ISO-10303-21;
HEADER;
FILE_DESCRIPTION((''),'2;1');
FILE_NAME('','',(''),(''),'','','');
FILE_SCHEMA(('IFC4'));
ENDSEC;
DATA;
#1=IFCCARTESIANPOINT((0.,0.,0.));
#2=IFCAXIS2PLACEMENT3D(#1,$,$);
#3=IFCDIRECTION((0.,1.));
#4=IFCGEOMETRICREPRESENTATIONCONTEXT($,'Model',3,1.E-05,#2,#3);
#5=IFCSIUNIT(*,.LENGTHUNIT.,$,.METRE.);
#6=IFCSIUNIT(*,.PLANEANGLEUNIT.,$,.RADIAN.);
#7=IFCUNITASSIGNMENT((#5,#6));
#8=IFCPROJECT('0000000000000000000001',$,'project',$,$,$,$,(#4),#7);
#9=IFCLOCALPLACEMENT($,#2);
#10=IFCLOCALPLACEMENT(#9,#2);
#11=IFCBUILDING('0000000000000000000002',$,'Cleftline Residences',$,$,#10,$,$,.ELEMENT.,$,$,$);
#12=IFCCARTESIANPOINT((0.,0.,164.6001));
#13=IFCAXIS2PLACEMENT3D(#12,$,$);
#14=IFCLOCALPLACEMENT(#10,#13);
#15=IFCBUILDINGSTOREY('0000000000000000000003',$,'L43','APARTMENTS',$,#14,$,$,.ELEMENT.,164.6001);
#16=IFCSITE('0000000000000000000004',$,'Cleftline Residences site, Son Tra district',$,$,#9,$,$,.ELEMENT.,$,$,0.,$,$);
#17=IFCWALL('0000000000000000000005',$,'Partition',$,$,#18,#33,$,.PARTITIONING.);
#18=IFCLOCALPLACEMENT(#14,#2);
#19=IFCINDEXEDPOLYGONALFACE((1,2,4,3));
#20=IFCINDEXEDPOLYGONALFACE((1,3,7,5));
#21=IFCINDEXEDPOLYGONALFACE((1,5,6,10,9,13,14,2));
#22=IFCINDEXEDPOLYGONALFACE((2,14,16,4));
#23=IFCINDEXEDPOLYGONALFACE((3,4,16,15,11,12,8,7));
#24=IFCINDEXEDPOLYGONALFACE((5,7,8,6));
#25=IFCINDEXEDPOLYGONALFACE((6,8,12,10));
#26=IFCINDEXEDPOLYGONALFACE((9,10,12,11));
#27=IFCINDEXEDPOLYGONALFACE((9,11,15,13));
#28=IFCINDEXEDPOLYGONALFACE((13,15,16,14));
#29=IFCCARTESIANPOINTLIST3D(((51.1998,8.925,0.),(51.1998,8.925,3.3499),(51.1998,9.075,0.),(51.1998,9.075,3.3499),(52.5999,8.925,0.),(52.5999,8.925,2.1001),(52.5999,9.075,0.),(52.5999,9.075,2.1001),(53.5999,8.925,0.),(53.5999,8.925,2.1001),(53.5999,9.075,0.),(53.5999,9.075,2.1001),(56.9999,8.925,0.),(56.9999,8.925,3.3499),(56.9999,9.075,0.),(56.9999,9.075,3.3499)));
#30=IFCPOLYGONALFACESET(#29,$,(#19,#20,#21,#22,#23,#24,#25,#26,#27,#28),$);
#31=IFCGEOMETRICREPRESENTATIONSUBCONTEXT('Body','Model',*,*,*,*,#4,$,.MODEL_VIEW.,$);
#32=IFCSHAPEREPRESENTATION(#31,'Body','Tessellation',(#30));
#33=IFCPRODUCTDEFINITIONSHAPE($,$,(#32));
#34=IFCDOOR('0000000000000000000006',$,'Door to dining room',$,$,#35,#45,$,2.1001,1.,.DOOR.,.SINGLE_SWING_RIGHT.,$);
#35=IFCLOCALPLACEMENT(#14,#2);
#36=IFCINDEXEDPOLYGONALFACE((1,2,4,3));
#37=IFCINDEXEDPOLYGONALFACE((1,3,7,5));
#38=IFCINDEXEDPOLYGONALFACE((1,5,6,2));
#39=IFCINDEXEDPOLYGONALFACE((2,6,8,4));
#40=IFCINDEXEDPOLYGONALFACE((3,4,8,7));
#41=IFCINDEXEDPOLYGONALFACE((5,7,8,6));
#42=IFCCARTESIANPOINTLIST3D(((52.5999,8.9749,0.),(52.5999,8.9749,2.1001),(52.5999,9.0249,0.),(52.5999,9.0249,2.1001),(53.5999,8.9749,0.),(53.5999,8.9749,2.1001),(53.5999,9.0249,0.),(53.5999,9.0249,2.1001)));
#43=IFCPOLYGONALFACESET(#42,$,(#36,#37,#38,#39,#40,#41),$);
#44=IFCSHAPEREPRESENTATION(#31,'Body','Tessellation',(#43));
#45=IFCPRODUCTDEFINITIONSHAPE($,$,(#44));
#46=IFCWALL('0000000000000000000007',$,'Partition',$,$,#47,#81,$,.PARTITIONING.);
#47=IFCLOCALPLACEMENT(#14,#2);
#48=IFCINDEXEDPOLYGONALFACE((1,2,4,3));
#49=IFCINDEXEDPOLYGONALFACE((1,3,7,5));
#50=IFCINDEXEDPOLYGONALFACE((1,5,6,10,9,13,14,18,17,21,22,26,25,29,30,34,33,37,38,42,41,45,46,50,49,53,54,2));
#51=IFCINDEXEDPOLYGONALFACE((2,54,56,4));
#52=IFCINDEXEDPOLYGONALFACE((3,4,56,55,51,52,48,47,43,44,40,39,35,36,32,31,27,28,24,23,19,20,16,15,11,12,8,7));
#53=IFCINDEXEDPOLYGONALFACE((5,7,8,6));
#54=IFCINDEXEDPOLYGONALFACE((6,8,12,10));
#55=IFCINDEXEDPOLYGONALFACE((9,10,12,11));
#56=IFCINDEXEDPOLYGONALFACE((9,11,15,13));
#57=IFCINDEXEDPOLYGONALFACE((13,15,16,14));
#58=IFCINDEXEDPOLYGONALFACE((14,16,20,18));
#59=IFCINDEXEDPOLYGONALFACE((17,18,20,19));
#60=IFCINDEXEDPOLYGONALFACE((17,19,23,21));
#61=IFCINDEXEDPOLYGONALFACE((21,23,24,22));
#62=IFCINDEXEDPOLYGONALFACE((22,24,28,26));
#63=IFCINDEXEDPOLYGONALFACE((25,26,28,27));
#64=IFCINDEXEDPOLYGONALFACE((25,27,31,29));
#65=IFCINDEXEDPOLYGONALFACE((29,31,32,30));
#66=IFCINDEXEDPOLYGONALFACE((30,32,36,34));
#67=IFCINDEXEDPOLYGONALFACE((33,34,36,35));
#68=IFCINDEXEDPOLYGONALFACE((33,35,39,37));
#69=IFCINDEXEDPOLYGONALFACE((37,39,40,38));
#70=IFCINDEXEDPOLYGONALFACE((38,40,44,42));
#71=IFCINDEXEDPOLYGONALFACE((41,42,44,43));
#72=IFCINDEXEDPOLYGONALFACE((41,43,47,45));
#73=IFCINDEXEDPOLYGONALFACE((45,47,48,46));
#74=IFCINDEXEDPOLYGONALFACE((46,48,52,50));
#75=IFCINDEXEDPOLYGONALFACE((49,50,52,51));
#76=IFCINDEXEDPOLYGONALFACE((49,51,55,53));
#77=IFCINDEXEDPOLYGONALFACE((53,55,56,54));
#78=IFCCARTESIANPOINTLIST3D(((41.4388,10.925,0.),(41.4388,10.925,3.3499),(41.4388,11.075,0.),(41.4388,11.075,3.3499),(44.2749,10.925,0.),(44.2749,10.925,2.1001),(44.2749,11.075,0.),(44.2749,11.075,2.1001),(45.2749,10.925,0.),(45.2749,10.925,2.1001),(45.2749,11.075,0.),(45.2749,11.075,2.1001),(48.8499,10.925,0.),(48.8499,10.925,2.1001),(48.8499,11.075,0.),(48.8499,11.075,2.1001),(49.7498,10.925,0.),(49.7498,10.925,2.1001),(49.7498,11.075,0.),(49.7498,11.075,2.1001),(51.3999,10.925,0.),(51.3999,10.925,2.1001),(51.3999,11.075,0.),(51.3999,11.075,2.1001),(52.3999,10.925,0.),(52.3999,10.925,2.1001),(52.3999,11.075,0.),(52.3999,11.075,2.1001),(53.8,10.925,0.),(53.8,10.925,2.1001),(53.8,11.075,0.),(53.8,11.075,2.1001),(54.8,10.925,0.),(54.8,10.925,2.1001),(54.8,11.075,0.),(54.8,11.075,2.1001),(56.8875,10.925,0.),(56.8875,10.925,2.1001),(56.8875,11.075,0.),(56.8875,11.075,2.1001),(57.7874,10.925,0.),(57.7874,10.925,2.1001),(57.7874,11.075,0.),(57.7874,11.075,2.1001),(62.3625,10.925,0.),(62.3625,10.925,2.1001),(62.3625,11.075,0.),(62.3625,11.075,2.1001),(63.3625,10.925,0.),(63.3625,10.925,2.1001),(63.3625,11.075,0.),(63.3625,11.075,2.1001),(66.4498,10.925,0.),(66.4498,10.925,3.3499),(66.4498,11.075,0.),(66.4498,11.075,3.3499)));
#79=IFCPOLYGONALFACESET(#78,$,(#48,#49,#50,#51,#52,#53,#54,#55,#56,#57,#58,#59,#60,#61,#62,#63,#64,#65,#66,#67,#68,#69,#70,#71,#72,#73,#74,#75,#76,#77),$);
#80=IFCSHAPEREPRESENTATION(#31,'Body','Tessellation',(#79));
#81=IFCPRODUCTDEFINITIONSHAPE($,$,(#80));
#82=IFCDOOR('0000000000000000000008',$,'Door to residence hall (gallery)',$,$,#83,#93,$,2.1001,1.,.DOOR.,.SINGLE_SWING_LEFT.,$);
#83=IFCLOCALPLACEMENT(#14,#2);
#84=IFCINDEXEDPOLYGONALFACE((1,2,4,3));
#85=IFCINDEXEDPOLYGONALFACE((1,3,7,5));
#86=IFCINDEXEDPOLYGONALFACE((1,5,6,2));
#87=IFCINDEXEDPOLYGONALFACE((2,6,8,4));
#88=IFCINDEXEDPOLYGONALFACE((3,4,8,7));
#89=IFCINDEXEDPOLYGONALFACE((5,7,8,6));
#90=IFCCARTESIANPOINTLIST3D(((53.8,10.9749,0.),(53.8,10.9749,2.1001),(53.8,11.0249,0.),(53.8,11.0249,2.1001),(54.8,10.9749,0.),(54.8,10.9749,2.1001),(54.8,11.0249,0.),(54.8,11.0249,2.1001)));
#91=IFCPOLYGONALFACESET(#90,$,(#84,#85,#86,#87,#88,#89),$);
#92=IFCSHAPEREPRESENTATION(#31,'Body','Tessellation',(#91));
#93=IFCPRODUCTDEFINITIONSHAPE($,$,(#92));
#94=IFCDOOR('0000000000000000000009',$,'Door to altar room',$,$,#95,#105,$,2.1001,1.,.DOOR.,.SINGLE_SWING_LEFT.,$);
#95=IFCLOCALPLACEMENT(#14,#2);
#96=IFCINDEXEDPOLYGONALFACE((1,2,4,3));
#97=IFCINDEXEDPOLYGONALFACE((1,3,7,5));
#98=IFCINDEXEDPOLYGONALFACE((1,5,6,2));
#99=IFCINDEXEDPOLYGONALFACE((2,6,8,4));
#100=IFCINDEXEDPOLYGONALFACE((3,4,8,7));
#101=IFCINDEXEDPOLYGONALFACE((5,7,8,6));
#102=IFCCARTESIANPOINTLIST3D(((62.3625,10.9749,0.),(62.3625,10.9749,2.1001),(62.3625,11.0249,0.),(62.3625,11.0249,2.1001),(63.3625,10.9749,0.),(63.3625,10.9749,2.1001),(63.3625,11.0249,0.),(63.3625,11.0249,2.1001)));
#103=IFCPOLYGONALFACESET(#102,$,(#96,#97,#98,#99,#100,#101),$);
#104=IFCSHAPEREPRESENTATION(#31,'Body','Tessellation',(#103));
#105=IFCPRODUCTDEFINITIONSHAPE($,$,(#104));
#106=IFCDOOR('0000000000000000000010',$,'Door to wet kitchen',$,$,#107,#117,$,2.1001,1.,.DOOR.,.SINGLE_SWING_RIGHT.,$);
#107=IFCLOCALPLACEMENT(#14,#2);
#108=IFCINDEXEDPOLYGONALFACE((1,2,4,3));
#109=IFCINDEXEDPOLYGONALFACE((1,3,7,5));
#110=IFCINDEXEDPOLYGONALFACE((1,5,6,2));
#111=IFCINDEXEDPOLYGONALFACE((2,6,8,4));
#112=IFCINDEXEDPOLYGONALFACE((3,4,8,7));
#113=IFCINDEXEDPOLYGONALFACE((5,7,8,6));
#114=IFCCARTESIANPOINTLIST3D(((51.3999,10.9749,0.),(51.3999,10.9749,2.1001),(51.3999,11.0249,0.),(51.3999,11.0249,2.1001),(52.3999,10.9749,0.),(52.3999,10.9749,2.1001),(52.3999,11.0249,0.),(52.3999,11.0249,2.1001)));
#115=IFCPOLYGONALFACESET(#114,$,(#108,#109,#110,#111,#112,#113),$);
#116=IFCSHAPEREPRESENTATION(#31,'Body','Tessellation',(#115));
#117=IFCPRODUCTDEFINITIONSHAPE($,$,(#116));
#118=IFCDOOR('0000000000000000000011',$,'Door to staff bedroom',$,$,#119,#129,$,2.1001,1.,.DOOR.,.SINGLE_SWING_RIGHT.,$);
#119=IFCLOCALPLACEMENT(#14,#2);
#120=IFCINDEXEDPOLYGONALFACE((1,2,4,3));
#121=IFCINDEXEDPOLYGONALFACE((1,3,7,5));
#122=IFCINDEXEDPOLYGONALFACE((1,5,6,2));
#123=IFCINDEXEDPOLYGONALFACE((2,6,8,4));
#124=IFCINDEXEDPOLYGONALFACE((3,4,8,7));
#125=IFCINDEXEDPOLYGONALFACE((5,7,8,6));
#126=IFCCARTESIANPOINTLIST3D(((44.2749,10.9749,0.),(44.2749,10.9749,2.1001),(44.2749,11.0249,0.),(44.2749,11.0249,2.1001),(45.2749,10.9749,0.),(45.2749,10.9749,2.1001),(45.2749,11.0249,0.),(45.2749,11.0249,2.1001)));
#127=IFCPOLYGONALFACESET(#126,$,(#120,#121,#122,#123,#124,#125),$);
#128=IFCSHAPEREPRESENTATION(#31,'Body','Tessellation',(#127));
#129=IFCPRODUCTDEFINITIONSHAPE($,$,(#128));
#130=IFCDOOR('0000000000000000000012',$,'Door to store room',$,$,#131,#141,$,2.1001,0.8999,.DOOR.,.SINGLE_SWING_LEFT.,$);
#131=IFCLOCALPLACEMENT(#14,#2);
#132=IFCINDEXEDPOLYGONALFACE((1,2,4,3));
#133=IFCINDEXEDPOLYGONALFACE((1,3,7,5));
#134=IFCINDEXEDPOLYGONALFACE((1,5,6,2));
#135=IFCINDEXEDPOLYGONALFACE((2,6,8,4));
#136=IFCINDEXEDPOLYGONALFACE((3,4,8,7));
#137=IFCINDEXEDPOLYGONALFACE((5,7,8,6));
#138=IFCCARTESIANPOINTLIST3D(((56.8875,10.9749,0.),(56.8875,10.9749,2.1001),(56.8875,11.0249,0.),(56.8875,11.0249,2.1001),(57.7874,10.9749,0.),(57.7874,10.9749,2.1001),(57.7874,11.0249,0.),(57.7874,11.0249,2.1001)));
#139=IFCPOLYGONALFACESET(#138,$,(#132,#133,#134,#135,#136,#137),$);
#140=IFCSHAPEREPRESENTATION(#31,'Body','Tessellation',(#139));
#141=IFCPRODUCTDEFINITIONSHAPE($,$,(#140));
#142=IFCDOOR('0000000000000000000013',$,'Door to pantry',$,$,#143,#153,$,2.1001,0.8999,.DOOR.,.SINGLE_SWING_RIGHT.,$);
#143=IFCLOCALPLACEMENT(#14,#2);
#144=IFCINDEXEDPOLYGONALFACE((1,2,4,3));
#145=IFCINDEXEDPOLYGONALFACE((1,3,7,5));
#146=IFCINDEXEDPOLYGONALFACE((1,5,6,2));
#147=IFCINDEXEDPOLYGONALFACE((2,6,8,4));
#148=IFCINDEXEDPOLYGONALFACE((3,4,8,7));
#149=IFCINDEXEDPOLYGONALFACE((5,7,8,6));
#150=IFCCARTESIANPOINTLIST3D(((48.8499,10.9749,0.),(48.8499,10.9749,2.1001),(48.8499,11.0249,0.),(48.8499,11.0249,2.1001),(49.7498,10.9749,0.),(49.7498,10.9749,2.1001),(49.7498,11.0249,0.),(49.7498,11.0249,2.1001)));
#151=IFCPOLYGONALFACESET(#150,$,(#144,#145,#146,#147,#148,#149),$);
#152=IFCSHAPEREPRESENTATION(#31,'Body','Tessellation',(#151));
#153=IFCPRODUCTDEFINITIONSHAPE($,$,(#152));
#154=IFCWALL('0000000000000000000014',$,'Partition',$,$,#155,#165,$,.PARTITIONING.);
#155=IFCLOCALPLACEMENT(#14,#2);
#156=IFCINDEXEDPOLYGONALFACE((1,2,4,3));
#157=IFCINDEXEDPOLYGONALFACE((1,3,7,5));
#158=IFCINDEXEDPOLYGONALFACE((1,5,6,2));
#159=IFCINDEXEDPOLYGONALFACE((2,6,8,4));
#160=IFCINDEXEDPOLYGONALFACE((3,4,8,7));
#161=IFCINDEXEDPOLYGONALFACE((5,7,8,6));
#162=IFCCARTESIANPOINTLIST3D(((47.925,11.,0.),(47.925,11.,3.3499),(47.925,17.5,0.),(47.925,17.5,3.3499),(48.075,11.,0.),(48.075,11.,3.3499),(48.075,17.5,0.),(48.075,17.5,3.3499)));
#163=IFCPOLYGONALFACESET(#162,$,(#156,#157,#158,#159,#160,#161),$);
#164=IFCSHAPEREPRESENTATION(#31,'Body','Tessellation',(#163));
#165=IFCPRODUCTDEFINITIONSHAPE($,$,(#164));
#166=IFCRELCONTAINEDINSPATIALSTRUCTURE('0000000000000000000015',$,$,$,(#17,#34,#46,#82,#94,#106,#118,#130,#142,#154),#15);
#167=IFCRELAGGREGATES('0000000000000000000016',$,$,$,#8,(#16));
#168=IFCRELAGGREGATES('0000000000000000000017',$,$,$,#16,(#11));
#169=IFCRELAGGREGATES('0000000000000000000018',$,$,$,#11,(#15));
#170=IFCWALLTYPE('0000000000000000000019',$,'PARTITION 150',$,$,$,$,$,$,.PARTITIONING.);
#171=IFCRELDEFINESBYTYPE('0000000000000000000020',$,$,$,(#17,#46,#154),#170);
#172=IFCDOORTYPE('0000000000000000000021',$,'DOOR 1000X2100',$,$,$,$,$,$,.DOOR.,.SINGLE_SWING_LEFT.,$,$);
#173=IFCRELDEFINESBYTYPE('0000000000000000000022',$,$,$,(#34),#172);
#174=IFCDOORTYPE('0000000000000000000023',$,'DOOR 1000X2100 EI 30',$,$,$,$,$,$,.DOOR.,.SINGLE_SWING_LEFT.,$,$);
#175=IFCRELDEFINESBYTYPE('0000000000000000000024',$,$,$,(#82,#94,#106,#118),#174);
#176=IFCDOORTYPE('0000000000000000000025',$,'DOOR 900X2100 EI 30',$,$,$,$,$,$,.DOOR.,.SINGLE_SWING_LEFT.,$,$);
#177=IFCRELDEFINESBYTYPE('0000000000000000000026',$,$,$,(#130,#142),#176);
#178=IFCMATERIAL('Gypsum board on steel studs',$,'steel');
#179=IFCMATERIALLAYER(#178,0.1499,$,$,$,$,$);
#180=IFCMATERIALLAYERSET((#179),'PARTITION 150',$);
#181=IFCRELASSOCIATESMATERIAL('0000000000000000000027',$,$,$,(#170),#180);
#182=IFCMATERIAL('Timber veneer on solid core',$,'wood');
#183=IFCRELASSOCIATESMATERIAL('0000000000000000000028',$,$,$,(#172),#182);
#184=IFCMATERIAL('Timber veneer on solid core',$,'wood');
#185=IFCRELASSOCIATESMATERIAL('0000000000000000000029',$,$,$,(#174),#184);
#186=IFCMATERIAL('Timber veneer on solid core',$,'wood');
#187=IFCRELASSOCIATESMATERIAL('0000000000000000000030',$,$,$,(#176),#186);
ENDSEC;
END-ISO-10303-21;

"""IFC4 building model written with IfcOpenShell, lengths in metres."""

from ifc_helpers import new_model, si_unit, direction, frame, frame_2d, origin, place, context, subcontext, project, spatial, rectangle, extrude, material, layer, layer_set, type_object, element, fill, save


model = new_model("IFC4")

# Units and contexts
model_context = context("Model", 3, precision=1e-05, world=origin(), true_north=direction((0.0, 1.0)))
body_context = subcontext(model_context, "Body", "Model", "MODEL_VIEW")
ifc_project = project(units=[si_unit("LENGTHUNIT", "METRE"), si_unit("PLANEANGLEUNIT", "RADIAN")], contexts=[model_context])

# Site, building, storey
site_placement = place(None, origin())
site = spatial("IfcSite", under=ifc_project, at=site_placement, Name="Cleftline Residences site, Son Tra district", CompositionType="ELEMENT", RefElevation=0.0)
building_placement = place(site_placement, origin())
building = spatial("IfcBuilding", under=site, at=building_placement, Name="Cleftline Residences", CompositionType="ELEMENT")
storey_placement = place(building_placement, frame((0.0, 0.0, 164.6001)))
storey = spatial("IfcBuildingStorey", under=building, at=storey_placement, Name="L43", Description="APARTMENTS", CompositionType="ELEMENT", Elevation=164.6001)

# Shared definitions
ifc_material_1 = material(Name="Gypsum board on steel studs", Category="steel")
ifc_layer_1 = layer(ifc_material_1, 0.1499)
ifc_layer_set_1 = layer_set([ifc_layer_1], Name="PARTITION 150")
wall_type = type_object("IfcWallType", Name="PARTITION 150", PredefinedType="PARTITIONING", material=ifc_layer_set_1)
ifc_material_2 = material(Name="Timber veneer on solid core", Category="wood")
door_type_1 = type_object("IfcDoorType", Name="DOOR 1000X2100", OperationType="SINGLE_SWING_LEFT", PredefinedType="DOOR", material=ifc_material_2)

# Wall, opening, door
wall_1_placement = place(storey_placement, frame((51.2, 9.0, 0.0), z_axis=(0.0, 0.0, 1.0), x_axis=(1.0, 0.0, 0.0)))
wall_1 = element("IfcWall", 1, at=wall_1_placement, inside=storey, type_object=wall_type, Name="Partition", PredefinedType="PARTITIONING", context=body_context, shape_type="SweptSolid", body=[
    extrude(rectangle(XDim=5.8, YDim=0.1499, at=frame_2d((2.8999, 0.0))), origin(), (0.0, 0.0, 1.0), 3.3499),
])
opening_1_placement = place(wall_1_placement, frame((1.3999, 0.0, 0.0)))
opening_1 = element("IfcOpeningElement", 2, at=opening_1_placement, cuts=wall_1, PredefinedType="OPENING", context=body_context, shape_type="SweptSolid", body=[
    extrude(rectangle(XDim=1.0, YDim=2.1001, at=frame_2d((0.5, 1.05))), frame((0.0, 0.085, 0.0), z_axis=(0.0, -1.0, 0.0), x_axis=(1.0, 0.0, 0.0)), (0.0, 0.0, 1.0), 0.1699),
])
door_1_placement = place(opening_1_placement, origin())
door_1 = element("IfcDoor", 3, at=door_1_placement, inside=storey, type_object=door_type_1, Name="Door to dining room", OperationType="SINGLE_SWING_RIGHT", OverallHeight=2.1001, OverallWidth=1.0, PredefinedType="DOOR", context=body_context, shape_type="SweptSolid", body=[
    extrude(rectangle(XDim=1.0, YDim=2.1001, at=frame_2d((0.5, 1.05))), frame((0.0, 0.0249, 0.0), z_axis=(0.0, -1.0, 0.0), x_axis=(1.0, 0.0, 0.0)), (0.0, 0.0, 1.0), 0.05),
])
fill(opening_1, door_1)

# Wall, openings, doors
wall_2_placement = place(storey_placement, frame((41.439, 11.0, 0.0), z_axis=(0.0, 0.0, 1.0), x_axis=(1.0, 0.0, 0.0)))
wall_2 = element("IfcWall", 4, at=wall_2_placement, inside=storey, type_object=wall_type, Name="Partition", PredefinedType="PARTITIONING", context=body_context, shape_type="SweptSolid", body=[
    extrude(rectangle(XDim=25.011, YDim=0.1499, at=frame_2d((12.5054, 0.0))), origin(), (0.0, 0.0, 1.0), 3.3499),
])
opening_2_placement = place(wall_2_placement, frame((12.3611, 0.0, 0.0)))
opening_2 = element("IfcOpeningElement", 5, at=opening_2_placement, cuts=wall_2, PredefinedType="OPENING", context=body_context, shape_type="SweptSolid", body=[
    extrude(rectangle(XDim=1.0, YDim=2.1001, at=frame_2d((0.5, 1.05))), frame((0.0, 0.085, 0.0), z_axis=(0.0, -1.0, 0.0), x_axis=(1.0, 0.0, 0.0)), (0.0, 0.0, 1.0), 0.1699),
])
opening_3_placement = place(wall_2_placement, frame((20.9236, 0.0, 0.0)))
opening_3 = element("IfcOpeningElement", 6, at=opening_3_placement, cuts=wall_2, PredefinedType="OPENING", context=body_context, shape_type="SweptSolid", body=[
    extrude(rectangle(XDim=1.0, YDim=2.1001, at=frame_2d((0.5, 1.05))), frame((0.0, 0.085, 0.0), z_axis=(0.0, -1.0, 0.0), x_axis=(1.0, 0.0, 0.0)), (0.0, 0.0, 1.0), 0.1699),
])
opening_4_placement = place(wall_2_placement, frame((15.4485, 0.0, 0.0)))
opening_4 = element("IfcOpeningElement", 7, at=opening_4_placement, cuts=wall_2, PredefinedType="OPENING", context=body_context, shape_type="SweptSolid", body=[
    extrude(rectangle(XDim=0.8999, YDim=2.1001, at=frame_2d((0.45, 1.05))), frame((0.0, 0.085, 0.0), z_axis=(0.0, -1.0, 0.0), x_axis=(1.0, 0.0, 0.0)), (0.0, 0.0, 1.0), 0.1699),
])
opening_5_placement = place(wall_2_placement, frame((9.9609, 0.0, 0.0)))
opening_5 = element("IfcOpeningElement", 8, at=opening_5_placement, cuts=wall_2, PredefinedType="OPENING", context=body_context, shape_type="SweptSolid", body=[
    extrude(rectangle(XDim=1.0, YDim=2.1001, at=frame_2d((0.5, 1.05))), frame((0.0, 0.085, 0.0), z_axis=(0.0, -1.0, 0.0), x_axis=(1.0, 0.0, 0.0)), (0.0, 0.0, 1.0), 0.1699),
])
opening_6_placement = place(wall_2_placement, frame((7.4109, 0.0, 0.0)))
opening_6 = element("IfcOpeningElement", 9, at=opening_6_placement, cuts=wall_2, PredefinedType="OPENING", context=body_context, shape_type="SweptSolid", body=[
    extrude(rectangle(XDim=0.8999, YDim=2.1001, at=frame_2d((0.45, 1.05))), frame((0.0, 0.085, 0.0), z_axis=(0.0, -1.0, 0.0), x_axis=(1.0, 0.0, 0.0)), (0.0, 0.0, 1.0), 0.1699),
])
opening_7_placement = place(wall_2_placement, frame((2.8359, 0.0, 0.0)))
opening_7 = element("IfcOpeningElement", 10, at=opening_7_placement, cuts=wall_2, PredefinedType="OPENING", context=body_context, shape_type="SweptSolid", body=[
    extrude(rectangle(XDim=1.0, YDim=2.1001, at=frame_2d((0.5, 1.05))), frame((0.0, 0.085, 0.0), z_axis=(0.0, -1.0, 0.0), x_axis=(1.0, 0.0, 0.0)), (0.0, 0.0, 1.0), 0.1699),
])
ifc_material_3 = material(Name="Timber veneer on solid core", Category="wood")
door_type_2 = type_object("IfcDoorType", Name="DOOR 1000X2100 EI 30", OperationType="SINGLE_SWING_LEFT", PredefinedType="DOOR", material=ifc_material_3)
door_2_placement = place(opening_2_placement, origin())
door_2 = element("IfcDoor", 11, at=door_2_placement, inside=storey, type_object=door_type_2, Name="Door to residence hall (gallery)", OperationType="SINGLE_SWING_LEFT", OverallHeight=2.1001, OverallWidth=1.0, PredefinedType="DOOR", context=body_context, shape_type="SweptSolid", body=[
    extrude(rectangle(XDim=1.0, YDim=2.1001, at=frame_2d((0.5, 1.05))), frame((0.0, 0.0249, 0.0), z_axis=(0.0, -1.0, 0.0), x_axis=(1.0, 0.0, 0.0)), (0.0, 0.0, 1.0), 0.05),
])
fill(opening_2, door_2)
door_3_placement = place(opening_3_placement, origin())
door_3 = element("IfcDoor", 12, at=door_3_placement, inside=storey, type_object=door_type_2, Name="Door to altar room", OperationType="SINGLE_SWING_LEFT", OverallHeight=2.1001, OverallWidth=1.0, PredefinedType="DOOR", context=body_context, shape_type="SweptSolid", body=[
    extrude(rectangle(XDim=1.0, YDim=2.1001, at=frame_2d((0.5, 1.05))), frame((0.0, 0.0249, 0.0), z_axis=(0.0, -1.0, 0.0), x_axis=(1.0, 0.0, 0.0)), (0.0, 0.0, 1.0), 0.05),
])
fill(opening_3, door_3)
door_4_placement = place(opening_5_placement, origin())
door_4 = element("IfcDoor", 13, at=door_4_placement, inside=storey, type_object=door_type_2, Name="Door to wet kitchen", OperationType="SINGLE_SWING_RIGHT", OverallHeight=2.1001, OverallWidth=1.0, PredefinedType="DOOR", context=body_context, shape_type="SweptSolid", body=[
    extrude(rectangle(XDim=1.0, YDim=2.1001, at=frame_2d((0.5, 1.05))), frame((0.0, 0.0249, 0.0), z_axis=(0.0, -1.0, 0.0), x_axis=(1.0, 0.0, 0.0)), (0.0, 0.0, 1.0), 0.05),
])
fill(opening_5, door_4)
door_5_placement = place(opening_7_placement, origin())
door_5 = element("IfcDoor", 14, at=door_5_placement, inside=storey, type_object=door_type_2, Name="Door to staff bedroom", OperationType="SINGLE_SWING_RIGHT", OverallHeight=2.1001, OverallWidth=1.0, PredefinedType="DOOR", context=body_context, shape_type="SweptSolid", body=[
    extrude(rectangle(XDim=1.0, YDim=2.1001, at=frame_2d((0.5, 1.05))), frame((0.0, 0.0249, 0.0), z_axis=(0.0, -1.0, 0.0), x_axis=(1.0, 0.0, 0.0)), (0.0, 0.0, 1.0), 0.05),
])
fill(opening_7, door_5)
ifc_material_4 = material(Name="Timber veneer on solid core", Category="wood")
door_type_3 = type_object("IfcDoorType", Name="DOOR 900X2100 EI 30", OperationType="SINGLE_SWING_LEFT", PredefinedType="DOOR", material=ifc_material_4)
door_6_placement = place(opening_4_placement, origin())
door_6 = element("IfcDoor", 15, at=door_6_placement, inside=storey, type_object=door_type_3, Name="Door to store room", OperationType="SINGLE_SWING_LEFT", OverallHeight=2.1001, OverallWidth=0.8999, PredefinedType="DOOR", context=body_context, shape_type="SweptSolid", body=[
    extrude(rectangle(XDim=0.8999, YDim=2.1001, at=frame_2d((0.45, 1.05))), frame((0.0, 0.0249, 0.0), z_axis=(0.0, -1.0, 0.0), x_axis=(1.0, 0.0, 0.0)), (0.0, 0.0, 1.0), 0.05),
])
fill(opening_4, door_6)
door_7_placement = place(opening_6_placement, origin())
door_7 = element("IfcDoor", 16, at=door_7_placement, inside=storey, type_object=door_type_3, Name="Door to pantry", OperationType="SINGLE_SWING_RIGHT", OverallHeight=2.1001, OverallWidth=0.8999, PredefinedType="DOOR", context=body_context, shape_type="SweptSolid", body=[
    extrude(rectangle(XDim=0.8999, YDim=2.1001, at=frame_2d((0.45, 1.05))), frame((0.0, 0.0249, 0.0), z_axis=(0.0, -1.0, 0.0), x_axis=(1.0, 0.0, 0.0)), (0.0, 0.0, 1.0), 0.05),
])
fill(opening_6, door_7)

# Wall
wall_3_placement = place(storey_placement, frame((48.0, 11.0, 0.0), z_axis=(0.0, 0.0, 1.0), x_axis=(0.0, 1.0, 0.0)))
element("IfcWall", 17, at=wall_3_placement, inside=storey, type_object=wall_type, Name="Partition", PredefinedType="PARTITIONING", context=body_context, shape_type="SweptSolid", body=[
    extrude(rectangle(XDim=6.5, YDim=0.1499, at=frame_2d((3.25, 0.0))), origin(), (0.0, 0.0, 1.0), 3.3499),
])

save(model, "model.ifc")
